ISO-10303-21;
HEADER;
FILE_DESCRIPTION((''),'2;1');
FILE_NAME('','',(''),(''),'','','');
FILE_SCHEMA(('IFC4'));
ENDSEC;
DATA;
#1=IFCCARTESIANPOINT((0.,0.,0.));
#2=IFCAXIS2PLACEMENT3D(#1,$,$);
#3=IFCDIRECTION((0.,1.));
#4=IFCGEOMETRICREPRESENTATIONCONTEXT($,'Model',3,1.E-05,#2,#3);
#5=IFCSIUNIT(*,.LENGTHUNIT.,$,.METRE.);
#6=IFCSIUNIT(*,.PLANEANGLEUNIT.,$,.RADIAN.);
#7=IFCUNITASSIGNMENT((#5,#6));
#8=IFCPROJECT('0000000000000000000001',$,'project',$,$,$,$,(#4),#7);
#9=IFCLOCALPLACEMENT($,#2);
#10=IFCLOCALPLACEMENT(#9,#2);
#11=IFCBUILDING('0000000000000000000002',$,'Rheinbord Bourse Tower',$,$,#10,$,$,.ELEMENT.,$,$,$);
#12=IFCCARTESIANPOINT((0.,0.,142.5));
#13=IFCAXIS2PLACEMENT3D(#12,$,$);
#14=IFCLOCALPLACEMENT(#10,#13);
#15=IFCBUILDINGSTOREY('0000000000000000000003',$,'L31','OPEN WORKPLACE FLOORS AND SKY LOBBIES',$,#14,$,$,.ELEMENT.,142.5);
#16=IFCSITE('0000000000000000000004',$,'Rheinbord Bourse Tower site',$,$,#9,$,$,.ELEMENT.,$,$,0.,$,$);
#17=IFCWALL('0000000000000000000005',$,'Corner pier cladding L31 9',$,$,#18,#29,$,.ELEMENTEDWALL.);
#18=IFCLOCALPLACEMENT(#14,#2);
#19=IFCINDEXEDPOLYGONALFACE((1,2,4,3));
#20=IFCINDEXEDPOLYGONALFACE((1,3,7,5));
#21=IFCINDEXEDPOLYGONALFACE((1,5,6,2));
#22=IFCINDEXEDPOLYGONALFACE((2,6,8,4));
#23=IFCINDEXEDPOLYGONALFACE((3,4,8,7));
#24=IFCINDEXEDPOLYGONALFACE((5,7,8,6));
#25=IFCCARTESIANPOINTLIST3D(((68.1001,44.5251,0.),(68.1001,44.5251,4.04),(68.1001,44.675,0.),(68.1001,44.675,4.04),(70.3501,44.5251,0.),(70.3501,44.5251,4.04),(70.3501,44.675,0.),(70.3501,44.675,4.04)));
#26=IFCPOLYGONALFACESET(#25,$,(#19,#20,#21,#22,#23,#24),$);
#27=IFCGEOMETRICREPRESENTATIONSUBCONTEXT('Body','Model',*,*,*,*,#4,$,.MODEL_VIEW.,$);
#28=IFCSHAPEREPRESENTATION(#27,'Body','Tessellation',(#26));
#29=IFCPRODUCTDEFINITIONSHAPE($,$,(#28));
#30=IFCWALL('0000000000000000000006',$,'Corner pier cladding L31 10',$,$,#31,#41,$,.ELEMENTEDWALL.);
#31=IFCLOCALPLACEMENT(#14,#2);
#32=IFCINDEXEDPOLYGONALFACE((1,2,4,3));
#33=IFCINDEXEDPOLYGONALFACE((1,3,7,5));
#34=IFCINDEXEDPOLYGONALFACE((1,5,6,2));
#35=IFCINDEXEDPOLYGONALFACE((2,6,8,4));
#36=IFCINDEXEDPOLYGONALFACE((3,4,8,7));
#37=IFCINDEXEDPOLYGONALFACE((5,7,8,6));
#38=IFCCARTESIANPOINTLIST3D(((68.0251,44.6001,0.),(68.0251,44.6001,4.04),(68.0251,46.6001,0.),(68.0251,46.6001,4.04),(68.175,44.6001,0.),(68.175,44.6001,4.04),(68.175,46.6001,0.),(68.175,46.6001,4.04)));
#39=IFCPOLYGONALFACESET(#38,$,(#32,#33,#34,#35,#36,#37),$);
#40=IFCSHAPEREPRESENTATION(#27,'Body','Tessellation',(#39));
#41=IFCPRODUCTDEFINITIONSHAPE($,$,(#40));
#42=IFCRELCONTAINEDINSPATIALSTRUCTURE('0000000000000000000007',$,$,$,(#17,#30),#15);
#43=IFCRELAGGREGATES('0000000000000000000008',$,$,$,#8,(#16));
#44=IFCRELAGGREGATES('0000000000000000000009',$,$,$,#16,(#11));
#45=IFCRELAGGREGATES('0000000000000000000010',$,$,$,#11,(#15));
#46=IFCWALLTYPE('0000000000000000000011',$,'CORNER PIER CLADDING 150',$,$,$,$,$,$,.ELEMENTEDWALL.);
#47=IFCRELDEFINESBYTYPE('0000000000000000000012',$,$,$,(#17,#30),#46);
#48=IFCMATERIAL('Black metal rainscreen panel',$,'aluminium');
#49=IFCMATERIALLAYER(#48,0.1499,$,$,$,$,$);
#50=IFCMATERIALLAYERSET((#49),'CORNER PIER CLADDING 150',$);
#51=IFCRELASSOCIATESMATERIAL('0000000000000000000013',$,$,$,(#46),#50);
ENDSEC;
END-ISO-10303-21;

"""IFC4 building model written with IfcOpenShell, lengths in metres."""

from ifc_helpers import new_model, si_unit, direction, frame, frame_2d, origin, place, context, subcontext, project, spatial, rectangle, extrude, material, layer, layer_set, type_object, element, save


model = new_model("IFC4")

# Units and contexts
model_context = context("Model", 3, precision=1e-05, world=origin(), true_north=direction((0.0, 1.0)))
body_context = subcontext(model_context, "Body", "Model", "MODEL_VIEW")
ifc_project = project(units=[si_unit("LENGTHUNIT", "METRE"), si_unit("PLANEANGLEUNIT", "RADIAN")], contexts=[model_context])

# Site, building, storey
site_placement = place(None, origin())
site = spatial("IfcSite", under=ifc_project, at=site_placement, Name="Rheinbord Bourse Tower site", CompositionType="ELEMENT", RefElevation=0.0)
building_placement = place(site_placement, origin())
building = spatial("IfcBuilding", under=site, at=building_placement, Name="Rheinbord Bourse Tower", CompositionType="ELEMENT")
storey_placement = place(building_placement, frame((0.0, 0.0, 142.5)))
storey = spatial("IfcBuildingStorey", under=building, at=storey_placement, Name="L31", Description="OPEN WORKPLACE FLOORS AND SKY LOBBIES", CompositionType="ELEMENT", Elevation=142.5)

# Walls
ifc_material_1 = material(Name="Black metal rainscreen panel", Category="aluminium")
ifc_layer_1 = layer(ifc_material_1, 0.1499)
ifc_layer_set_1 = layer_set([ifc_layer_1], Name="CORNER PIER CLADDING 150")
wall_type = type_object("IfcWallType", Name="CORNER PIER CLADDING 150", PredefinedType="ELEMENTEDWALL", material=ifc_layer_set_1)
wall_1_placement = place(storey_placement, frame((70.3501, 44.6001, 0.0), z_axis=(0.0, 0.0, 1.0), x_axis=(-1.0, 0.0, 0.0)))
element("IfcWall", 1, at=wall_1_placement, inside=storey, type_object=wall_type, Name="Corner pier cladding L31 9", PredefinedType="ELEMENTEDWALL", context=body_context, shape_type="SweptSolid", body=[
    extrude(rectangle(XDim=2.25, YDim=0.1499, at=frame_2d((1.125, 0.0))), origin(), (0.0, 0.0, 1.0), 4.04),
])
wall_2_placement = place(storey_placement, frame((68.1001, 44.6001, 0.0), z_axis=(0.0, 0.0, 1.0), x_axis=(0.0, 1.0, 0.0)))
element("IfcWall", 2, at=wall_2_placement, inside=storey, type_object=wall_type, Name="Corner pier cladding L31 10", PredefinedType="ELEMENTEDWALL", context=body_context, shape_type="SweptSolid", body=[
    extrude(rectangle(XDim=2.0, YDim=0.1499, at=frame_2d((1.0, 0.0))), origin(), (0.0, 0.0, 1.0), 4.04),
])

save(model, "model.ifc")
